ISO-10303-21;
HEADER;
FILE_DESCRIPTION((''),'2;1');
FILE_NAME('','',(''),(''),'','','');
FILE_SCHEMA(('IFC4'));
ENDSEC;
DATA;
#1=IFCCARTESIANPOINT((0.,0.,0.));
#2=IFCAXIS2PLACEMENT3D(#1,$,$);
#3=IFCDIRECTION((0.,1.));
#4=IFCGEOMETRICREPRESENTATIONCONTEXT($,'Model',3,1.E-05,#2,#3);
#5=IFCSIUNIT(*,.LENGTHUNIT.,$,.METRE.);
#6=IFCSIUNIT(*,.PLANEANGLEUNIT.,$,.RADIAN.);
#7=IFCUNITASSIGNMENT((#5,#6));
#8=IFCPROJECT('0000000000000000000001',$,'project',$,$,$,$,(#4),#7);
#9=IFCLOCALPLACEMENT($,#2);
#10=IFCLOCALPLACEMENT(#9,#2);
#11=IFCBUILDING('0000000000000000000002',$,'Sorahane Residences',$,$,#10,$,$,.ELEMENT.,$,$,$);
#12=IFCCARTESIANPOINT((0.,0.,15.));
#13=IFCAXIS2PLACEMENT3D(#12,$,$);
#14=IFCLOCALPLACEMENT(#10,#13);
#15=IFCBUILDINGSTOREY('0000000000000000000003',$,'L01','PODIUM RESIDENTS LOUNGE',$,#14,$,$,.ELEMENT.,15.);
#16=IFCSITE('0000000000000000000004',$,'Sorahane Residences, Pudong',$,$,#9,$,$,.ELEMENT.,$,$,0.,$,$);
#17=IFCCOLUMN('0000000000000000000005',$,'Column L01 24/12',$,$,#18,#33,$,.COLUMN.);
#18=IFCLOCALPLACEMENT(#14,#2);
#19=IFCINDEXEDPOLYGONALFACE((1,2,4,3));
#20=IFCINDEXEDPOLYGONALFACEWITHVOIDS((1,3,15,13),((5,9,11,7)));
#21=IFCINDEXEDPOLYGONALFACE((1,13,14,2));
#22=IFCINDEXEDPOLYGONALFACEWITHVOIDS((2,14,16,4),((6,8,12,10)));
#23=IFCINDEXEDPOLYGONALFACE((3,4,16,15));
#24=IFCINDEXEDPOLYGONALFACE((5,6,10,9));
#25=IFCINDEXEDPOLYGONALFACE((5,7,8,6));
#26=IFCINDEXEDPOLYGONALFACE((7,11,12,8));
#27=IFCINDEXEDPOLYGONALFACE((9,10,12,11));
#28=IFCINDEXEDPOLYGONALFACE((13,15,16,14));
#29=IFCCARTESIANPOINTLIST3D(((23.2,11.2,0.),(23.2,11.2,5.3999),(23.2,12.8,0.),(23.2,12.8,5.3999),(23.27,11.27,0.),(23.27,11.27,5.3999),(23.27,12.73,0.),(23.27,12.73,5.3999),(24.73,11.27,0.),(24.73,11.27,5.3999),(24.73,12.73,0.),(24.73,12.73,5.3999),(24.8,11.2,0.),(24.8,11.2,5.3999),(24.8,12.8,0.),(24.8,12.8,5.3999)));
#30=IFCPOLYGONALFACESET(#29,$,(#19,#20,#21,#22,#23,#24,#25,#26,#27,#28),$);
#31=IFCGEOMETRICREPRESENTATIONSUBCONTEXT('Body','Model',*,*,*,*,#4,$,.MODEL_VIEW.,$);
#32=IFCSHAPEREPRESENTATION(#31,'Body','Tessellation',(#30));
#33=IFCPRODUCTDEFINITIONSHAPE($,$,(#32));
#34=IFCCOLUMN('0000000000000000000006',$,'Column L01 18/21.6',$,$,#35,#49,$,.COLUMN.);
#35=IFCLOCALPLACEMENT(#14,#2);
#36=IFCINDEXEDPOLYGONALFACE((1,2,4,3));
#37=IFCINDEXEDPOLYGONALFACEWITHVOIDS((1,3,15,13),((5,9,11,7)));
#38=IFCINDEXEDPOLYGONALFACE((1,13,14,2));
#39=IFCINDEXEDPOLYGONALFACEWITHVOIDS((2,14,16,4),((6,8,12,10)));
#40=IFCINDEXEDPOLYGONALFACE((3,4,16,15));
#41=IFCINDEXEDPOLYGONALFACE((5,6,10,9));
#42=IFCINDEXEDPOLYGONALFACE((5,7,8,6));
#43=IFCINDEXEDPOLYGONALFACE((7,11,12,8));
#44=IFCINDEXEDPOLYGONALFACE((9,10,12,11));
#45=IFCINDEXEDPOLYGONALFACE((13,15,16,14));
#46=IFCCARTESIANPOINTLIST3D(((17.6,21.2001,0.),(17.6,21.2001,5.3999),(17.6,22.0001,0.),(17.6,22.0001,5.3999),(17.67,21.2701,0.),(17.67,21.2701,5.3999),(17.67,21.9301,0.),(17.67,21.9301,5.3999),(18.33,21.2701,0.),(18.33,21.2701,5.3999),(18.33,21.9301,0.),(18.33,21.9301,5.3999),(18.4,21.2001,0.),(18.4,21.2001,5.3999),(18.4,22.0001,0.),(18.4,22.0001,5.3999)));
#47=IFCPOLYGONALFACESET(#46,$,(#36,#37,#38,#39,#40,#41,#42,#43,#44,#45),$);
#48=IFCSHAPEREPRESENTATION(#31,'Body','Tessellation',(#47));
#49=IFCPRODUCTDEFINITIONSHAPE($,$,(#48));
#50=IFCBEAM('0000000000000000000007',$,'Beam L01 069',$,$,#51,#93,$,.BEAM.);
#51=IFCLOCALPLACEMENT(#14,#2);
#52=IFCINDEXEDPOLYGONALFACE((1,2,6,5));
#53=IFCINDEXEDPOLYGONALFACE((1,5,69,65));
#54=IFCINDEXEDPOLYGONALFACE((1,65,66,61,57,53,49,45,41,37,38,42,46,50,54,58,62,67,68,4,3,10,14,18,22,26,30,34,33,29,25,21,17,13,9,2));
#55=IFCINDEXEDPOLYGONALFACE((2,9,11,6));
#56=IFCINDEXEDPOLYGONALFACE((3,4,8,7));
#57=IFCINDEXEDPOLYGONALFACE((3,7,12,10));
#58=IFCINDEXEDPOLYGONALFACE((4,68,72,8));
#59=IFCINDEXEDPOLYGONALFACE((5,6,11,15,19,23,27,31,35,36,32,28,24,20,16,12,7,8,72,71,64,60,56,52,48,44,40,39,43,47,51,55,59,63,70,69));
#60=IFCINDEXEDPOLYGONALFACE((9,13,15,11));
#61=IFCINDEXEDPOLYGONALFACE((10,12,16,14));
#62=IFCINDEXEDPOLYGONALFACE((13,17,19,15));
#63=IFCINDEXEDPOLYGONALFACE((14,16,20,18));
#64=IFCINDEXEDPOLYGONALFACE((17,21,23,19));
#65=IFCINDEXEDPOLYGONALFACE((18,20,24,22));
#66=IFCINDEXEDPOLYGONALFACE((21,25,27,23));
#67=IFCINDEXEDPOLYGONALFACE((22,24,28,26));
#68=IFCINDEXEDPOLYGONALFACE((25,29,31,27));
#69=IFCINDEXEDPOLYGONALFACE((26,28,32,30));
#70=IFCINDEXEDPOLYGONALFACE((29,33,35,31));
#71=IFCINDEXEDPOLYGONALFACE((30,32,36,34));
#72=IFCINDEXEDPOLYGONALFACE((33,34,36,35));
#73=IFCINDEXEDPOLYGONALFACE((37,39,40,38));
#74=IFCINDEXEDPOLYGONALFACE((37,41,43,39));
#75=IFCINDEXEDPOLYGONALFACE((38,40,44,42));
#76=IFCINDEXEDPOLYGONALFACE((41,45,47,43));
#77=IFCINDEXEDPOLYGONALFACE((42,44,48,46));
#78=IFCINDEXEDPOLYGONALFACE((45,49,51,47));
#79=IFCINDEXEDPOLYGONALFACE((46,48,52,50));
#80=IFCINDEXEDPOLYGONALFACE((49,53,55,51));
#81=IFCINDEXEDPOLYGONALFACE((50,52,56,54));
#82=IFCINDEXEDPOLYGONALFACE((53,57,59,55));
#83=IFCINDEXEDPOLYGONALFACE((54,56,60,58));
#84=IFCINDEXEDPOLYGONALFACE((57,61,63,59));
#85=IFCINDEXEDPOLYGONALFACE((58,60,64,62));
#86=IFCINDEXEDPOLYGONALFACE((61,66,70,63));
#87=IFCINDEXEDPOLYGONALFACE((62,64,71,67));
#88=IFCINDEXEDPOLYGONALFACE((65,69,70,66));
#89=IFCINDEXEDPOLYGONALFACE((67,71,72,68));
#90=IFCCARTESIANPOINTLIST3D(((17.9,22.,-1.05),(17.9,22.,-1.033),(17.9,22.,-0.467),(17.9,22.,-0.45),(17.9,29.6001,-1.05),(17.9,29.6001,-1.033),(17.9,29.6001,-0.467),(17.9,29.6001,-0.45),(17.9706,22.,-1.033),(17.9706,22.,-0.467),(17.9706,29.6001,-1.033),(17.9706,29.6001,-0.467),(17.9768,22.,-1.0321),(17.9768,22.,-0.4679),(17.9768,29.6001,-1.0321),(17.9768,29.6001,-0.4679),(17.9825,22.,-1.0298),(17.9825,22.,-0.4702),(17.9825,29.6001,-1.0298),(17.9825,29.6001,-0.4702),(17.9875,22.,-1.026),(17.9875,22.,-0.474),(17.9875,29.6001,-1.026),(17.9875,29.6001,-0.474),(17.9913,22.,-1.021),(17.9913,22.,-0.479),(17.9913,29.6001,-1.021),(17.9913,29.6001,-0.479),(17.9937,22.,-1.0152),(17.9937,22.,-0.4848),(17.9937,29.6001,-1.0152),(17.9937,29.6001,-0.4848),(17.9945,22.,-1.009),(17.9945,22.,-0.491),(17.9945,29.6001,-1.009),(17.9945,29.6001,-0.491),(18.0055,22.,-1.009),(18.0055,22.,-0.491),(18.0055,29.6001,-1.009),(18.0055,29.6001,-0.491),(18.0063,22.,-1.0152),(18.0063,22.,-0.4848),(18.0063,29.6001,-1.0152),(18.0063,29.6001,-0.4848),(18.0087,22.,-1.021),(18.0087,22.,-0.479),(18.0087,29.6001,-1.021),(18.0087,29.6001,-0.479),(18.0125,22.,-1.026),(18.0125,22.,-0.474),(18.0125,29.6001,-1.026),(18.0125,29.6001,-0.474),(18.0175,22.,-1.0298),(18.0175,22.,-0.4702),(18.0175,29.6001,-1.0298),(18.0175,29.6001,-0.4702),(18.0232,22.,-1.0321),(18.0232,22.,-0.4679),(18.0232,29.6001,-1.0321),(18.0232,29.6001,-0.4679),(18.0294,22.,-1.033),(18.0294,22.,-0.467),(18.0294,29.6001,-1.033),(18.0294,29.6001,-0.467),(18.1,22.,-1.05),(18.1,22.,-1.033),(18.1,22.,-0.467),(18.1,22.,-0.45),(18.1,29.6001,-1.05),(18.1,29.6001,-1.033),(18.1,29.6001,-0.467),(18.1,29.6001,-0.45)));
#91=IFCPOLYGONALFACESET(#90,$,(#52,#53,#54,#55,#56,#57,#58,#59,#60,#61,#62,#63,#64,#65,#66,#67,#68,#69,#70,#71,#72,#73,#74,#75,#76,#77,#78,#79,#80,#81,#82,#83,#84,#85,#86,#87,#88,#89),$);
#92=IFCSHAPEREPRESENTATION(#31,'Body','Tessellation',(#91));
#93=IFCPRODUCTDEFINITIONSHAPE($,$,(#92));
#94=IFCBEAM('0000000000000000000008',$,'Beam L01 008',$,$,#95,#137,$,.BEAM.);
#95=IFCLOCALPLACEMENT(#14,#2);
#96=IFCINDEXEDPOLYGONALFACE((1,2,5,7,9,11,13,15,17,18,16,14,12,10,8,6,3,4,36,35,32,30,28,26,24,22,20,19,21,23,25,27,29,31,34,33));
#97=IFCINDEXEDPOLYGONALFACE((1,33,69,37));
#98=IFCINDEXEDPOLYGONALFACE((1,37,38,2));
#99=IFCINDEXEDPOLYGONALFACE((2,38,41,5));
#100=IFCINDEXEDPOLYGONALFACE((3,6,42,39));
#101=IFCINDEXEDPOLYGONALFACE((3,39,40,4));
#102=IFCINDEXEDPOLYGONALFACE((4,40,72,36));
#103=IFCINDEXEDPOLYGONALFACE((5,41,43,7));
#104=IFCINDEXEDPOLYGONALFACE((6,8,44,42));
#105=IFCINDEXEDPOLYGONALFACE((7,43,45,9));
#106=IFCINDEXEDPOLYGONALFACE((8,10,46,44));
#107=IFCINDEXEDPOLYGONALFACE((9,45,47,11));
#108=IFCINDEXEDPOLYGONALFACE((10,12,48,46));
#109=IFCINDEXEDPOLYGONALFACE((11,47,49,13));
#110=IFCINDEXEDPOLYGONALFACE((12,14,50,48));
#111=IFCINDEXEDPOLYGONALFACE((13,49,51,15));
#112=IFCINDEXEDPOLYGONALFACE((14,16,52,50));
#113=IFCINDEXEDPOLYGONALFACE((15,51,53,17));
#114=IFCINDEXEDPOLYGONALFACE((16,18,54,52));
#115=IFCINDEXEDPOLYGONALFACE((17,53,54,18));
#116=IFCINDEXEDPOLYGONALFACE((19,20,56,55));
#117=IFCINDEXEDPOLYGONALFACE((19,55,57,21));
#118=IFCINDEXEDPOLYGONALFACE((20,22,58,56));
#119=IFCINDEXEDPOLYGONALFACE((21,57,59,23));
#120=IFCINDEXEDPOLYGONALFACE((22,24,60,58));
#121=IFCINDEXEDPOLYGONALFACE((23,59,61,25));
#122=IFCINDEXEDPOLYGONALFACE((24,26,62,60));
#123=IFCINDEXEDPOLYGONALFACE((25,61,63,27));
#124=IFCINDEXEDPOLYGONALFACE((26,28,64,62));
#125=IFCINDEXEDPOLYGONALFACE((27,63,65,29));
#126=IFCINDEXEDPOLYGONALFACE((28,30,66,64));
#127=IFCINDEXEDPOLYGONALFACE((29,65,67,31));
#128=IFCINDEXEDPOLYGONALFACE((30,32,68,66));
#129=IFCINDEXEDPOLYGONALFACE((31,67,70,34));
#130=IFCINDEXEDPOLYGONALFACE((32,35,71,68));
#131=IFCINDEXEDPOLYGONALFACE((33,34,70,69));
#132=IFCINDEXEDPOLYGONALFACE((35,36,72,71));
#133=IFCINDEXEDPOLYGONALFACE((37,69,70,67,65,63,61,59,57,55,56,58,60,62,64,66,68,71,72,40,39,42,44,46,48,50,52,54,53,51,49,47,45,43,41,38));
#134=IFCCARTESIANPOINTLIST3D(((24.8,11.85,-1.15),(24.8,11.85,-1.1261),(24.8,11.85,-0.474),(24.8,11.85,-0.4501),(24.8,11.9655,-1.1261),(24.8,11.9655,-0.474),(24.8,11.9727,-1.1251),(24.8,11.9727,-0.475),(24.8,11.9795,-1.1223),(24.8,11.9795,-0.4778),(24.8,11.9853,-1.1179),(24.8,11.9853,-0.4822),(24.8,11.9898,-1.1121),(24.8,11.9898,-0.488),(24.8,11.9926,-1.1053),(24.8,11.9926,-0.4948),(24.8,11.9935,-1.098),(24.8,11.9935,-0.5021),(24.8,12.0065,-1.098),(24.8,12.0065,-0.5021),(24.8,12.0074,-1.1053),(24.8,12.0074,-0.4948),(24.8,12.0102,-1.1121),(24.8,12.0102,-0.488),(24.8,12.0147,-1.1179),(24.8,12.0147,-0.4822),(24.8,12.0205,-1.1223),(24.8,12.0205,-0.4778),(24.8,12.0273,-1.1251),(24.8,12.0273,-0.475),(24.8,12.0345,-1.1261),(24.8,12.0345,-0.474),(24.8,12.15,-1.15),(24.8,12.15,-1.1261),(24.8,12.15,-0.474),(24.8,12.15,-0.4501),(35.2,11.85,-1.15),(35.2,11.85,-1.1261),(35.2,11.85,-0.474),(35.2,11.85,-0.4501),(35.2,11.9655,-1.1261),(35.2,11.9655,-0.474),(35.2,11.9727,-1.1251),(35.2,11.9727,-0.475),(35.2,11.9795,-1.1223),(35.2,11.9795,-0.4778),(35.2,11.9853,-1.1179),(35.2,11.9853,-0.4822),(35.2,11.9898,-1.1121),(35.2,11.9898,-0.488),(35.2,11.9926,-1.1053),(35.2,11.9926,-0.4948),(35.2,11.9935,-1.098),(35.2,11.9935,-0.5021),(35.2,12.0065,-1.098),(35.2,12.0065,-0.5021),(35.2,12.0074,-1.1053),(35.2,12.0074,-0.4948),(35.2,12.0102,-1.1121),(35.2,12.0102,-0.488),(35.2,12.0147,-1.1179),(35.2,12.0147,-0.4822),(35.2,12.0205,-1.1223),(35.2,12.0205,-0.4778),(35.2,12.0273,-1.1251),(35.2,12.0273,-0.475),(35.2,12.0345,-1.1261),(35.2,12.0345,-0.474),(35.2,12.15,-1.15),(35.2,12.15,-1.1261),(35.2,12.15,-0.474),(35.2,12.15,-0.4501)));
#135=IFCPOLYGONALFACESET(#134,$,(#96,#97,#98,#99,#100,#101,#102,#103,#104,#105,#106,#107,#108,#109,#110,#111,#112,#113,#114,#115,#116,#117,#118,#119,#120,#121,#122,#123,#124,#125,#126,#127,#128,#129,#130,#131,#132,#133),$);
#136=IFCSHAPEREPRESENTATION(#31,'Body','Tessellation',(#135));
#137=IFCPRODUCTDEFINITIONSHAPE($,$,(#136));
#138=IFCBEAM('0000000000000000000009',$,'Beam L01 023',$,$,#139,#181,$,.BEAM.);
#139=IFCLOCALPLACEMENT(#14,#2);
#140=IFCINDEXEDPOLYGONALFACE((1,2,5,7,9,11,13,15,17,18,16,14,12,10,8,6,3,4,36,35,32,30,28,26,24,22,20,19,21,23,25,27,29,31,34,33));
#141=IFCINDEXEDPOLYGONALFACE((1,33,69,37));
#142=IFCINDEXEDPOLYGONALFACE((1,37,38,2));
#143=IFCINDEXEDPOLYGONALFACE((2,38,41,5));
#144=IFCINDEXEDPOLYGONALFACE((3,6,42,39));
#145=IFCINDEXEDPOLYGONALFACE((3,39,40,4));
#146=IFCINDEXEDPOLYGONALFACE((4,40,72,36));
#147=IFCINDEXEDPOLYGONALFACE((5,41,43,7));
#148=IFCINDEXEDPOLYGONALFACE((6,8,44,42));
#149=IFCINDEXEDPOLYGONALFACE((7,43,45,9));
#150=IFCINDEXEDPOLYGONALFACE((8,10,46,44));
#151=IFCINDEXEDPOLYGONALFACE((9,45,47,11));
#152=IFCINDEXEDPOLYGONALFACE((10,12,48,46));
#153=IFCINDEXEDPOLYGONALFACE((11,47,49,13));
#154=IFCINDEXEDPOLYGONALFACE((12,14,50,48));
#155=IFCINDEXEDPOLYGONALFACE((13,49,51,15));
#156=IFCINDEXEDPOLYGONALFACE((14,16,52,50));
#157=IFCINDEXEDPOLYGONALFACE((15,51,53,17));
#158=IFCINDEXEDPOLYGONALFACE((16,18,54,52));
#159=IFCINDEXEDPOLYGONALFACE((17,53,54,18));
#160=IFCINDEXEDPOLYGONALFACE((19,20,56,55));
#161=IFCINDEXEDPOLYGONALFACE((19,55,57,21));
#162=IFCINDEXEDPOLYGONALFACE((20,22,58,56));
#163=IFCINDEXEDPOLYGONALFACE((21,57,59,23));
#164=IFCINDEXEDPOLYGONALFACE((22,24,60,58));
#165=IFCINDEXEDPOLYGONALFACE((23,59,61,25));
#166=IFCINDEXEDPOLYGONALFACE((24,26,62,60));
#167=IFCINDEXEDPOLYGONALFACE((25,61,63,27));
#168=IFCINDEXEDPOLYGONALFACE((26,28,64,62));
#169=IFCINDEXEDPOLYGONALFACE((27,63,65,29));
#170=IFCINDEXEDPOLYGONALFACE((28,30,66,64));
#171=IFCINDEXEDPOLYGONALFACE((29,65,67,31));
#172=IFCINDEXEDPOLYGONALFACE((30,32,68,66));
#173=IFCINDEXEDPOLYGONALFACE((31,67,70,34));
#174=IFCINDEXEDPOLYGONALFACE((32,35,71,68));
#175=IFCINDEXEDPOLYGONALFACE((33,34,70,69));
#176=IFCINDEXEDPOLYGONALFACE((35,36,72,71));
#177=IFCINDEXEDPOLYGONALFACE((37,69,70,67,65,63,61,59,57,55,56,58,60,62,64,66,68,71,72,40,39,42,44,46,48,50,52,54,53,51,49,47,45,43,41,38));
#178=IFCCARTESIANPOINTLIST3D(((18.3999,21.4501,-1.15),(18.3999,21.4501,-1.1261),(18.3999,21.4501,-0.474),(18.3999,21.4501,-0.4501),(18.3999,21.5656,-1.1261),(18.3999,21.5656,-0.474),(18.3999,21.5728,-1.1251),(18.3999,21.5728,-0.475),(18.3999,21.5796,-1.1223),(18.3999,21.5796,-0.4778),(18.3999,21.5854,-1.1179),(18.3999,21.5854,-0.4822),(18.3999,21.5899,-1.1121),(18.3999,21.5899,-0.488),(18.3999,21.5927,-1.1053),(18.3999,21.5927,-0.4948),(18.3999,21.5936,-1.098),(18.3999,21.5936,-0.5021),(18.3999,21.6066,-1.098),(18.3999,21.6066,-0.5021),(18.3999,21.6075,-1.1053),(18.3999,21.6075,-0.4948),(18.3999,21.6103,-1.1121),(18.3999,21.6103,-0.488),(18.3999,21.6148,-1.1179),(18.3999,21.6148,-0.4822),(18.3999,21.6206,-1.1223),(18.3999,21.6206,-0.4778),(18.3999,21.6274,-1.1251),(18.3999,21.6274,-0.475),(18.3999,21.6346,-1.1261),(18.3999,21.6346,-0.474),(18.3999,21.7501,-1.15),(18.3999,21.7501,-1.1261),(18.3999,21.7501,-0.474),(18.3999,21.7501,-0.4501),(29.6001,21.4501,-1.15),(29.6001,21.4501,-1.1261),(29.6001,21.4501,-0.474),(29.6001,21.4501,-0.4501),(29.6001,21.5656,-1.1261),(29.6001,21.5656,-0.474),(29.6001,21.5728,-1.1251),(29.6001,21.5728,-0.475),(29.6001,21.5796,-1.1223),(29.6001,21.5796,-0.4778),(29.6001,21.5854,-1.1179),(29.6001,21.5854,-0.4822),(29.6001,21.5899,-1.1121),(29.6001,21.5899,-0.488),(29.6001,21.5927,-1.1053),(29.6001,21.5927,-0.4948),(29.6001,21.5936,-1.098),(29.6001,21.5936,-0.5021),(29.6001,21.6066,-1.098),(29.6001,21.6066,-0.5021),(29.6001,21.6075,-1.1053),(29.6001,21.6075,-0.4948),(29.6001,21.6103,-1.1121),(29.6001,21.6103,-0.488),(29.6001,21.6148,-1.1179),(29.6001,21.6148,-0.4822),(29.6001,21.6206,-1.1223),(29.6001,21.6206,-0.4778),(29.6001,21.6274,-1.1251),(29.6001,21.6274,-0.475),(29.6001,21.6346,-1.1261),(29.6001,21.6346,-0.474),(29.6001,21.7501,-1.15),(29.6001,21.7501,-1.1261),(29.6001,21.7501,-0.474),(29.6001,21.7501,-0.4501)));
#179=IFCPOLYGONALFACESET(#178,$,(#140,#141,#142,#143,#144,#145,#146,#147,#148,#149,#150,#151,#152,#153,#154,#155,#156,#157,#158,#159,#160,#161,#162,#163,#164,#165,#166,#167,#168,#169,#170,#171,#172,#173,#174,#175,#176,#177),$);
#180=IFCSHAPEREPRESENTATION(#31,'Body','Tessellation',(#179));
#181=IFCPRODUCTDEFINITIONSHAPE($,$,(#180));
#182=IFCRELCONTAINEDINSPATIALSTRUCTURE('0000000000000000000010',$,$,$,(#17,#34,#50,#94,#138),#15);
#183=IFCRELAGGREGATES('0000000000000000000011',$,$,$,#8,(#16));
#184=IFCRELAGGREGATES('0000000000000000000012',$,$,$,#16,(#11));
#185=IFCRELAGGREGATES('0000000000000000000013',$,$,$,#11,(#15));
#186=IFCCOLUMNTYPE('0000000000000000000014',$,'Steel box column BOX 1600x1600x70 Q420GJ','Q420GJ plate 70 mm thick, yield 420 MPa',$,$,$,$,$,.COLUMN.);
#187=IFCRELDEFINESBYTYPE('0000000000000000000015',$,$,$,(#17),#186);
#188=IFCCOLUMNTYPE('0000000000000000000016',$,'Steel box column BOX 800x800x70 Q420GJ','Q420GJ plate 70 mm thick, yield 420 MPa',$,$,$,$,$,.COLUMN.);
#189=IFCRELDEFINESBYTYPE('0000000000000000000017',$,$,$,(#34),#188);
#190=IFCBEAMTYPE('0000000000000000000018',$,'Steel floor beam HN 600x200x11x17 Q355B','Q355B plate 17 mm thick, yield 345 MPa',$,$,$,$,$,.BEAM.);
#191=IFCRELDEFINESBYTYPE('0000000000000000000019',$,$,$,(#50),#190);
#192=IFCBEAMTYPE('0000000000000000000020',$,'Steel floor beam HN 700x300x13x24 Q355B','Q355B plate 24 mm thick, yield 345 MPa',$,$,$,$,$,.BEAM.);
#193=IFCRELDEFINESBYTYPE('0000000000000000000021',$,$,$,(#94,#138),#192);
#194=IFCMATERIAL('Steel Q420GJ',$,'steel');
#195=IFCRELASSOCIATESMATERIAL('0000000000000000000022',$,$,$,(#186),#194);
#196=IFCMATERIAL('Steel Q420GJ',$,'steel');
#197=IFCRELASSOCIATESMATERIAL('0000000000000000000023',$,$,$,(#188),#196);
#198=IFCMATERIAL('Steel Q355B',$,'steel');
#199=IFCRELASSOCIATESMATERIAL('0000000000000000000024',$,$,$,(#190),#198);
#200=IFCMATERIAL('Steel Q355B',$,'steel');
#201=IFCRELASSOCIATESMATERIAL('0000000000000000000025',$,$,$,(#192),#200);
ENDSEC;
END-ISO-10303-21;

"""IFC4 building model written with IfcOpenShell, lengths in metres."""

from ifc_helpers import new_model, si_unit, direction, frame, origin, origin_2d, place, context, subcontext, project, spatial, hollow_rectangle, i_section, extrude, material, material_profile, profile_set, type_object, element, save


model = new_model("IFC4")

# Units and contexts
model_context = context("Model", 3, precision=1e-05, world=origin(), true_north=direction((0.0, 1.0)))
body_context = subcontext(model_context, "Body", "Model", "MODEL_VIEW")
ifc_project = project(units=[si_unit("LENGTHUNIT", "METRE"), si_unit("PLANEANGLEUNIT", "RADIAN")], contexts=[model_context])

# Site, building, storey
site_placement = place(None, origin())
site = spatial("IfcSite", under=ifc_project, at=site_placement, Name="Sorahane Residences, Pudong", CompositionType="ELEMENT", RefElevation=0.0)
building_placement = place(site_placement, origin())
building = spatial("IfcBuilding", under=site, at=building_placement, Name="Sorahane Residences", CompositionType="ELEMENT")
storey_placement = place(building_placement, frame((0.0, 0.0, 15.0)))
storey = spatial("IfcBuildingStorey", under=building, at=storey_placement, Name="L01", Description="PODIUM RESIDENTS LOUNGE", CompositionType="ELEMENT", Elevation=15.0)

# Columns
ifc_material_1 = material(Name="Steel Q420GJ", Category="steel")
ifc_material_profile_1 = material_profile(ifc_material_1, hollow_rectangle(XDim=1.6001, YDim=1.6001, WallThickness=0.0701, at=origin_2d()), Name="BOX 1600x1600x70")
ifc_profile_set_1 = profile_set([ifc_material_profile_1], Name="Steel Q420GJ")
column_type_1 = type_object("IfcColumnType", Name="Steel box column BOX 1600x1600x70 Q420GJ", Description="Q420GJ plate 70 mm thick, yield 420 MPa", PredefinedType="COLUMN", material=ifc_profile_set_1)
column_1_placement = place(storey_placement, frame((24.0, 12.0, 0.0), z_axis=(0.0, 0.0, 1.0), x_axis=(1.0, 0.0, 0.0)))
element("IfcColumn", 1, at=column_1_placement, inside=storey, type_object=column_type_1, Name="Column L01 24/12", PredefinedType="COLUMN", context=body_context, shape_type="SweptSolid", body=[
    extrude(hollow_rectangle(XDim=1.6001, YDim=1.6001, WallThickness=0.0701, at=origin_2d()), origin(), (0.0, 0.0, 1.0), 5.3999),
])
ifc_material_2 = material(Name="Steel Q420GJ", Category="steel")
ifc_material_profile_2 = material_profile(ifc_material_2, hollow_rectangle(XDim=0.8, YDim=0.8, WallThickness=0.0701, at=origin_2d()), Name="BOX 800x800x70")
ifc_profile_set_2 = profile_set([ifc_material_profile_2], Name="Steel Q420GJ")
column_type_2 = type_object("IfcColumnType", Name="Steel box column BOX 800x800x70 Q420GJ", Description="Q420GJ plate 70 mm thick, yield 420 MPa", PredefinedType="COLUMN", material=ifc_profile_set_2)
column_2_placement = place(storey_placement, frame((18.0, 21.6001, 0.0), z_axis=(0.0, 0.0, 1.0), x_axis=(1.0, 0.0, 0.0)))
element("IfcColumn", 2, at=column_2_placement, inside=storey, type_object=column_type_2, Name="Column L01 18/21.6", PredefinedType="COLUMN", context=body_context, shape_type="SweptSolid", body=[
    extrude(hollow_rectangle(XDim=0.8, YDim=0.8, WallThickness=0.0701, at=origin_2d()), origin(), (0.0, 0.0, 1.0), 5.3999),
])

# Beams
ifc_material_3 = material(Name="Steel Q355B", Category="steel")
ifc_material_profile_3 = material_profile(ifc_material_3, i_section(OverallWidth=0.2, OverallDepth=0.6001, WebThickness=0.011, FlangeThickness=0.0171, FilletRadius=0.0239, at=origin_2d()), Name="HN 600x200x11x17")
ifc_profile_set_3 = profile_set([ifc_material_profile_3], Name="Steel Q355B")
beam_type_1 = type_object("IfcBeamType", Name="Steel floor beam HN 600x200x11x17 Q355B", Description="Q355B plate 17 mm thick, yield 345 MPa", PredefinedType="BEAM", material=ifc_profile_set_3)
beam_1_placement = place(storey_placement, frame((18.0, 22.0, -0.75), z_axis=(0.0, 1.0, 0.0), x_axis=(-1.0, 0.0, 0.0)))
element("IfcBeam", 3, at=beam_1_placement, inside=storey, type_object=beam_type_1, Name="Beam L01 069", PredefinedType="BEAM", context=body_context, shape_type="SweptSolid", body=[
    extrude(i_section(OverallWidth=0.2, OverallDepth=0.6001, WebThickness=0.011, FlangeThickness=0.0171, FilletRadius=0.0239, at=origin_2d()), origin(), (0.0, 0.0, 1.0), 7.6001),
])
ifc_material_4 = material(Name="Steel Q355B", Category="steel")
ifc_material_profile_4 = material_profile(ifc_material_4, i_section(OverallWidth=0.3, OverallDepth=0.7, WebThickness=0.0129, FlangeThickness=0.0239, FilletRadius=0.0281, at=origin_2d()), Name="HN 700x300x13x24")
ifc_profile_set_4 = profile_set([ifc_material_profile_4], Name="Steel Q355B")
beam_type_2 = type_object("IfcBeamType", Name="Steel floor beam HN 700x300x13x24 Q355B", Description="Q355B plate 24 mm thick, yield 345 MPa", PredefinedType="BEAM", material=ifc_profile_set_4)
beam_2_placement = place(storey_placement, frame((24.8, 12.0, -0.8), z_axis=(1.0, 0.0, 0.0), x_axis=(0.0, 1.0, 0.0)))
element("IfcBeam", 4, at=beam_2_placement, inside=storey, type_object=beam_type_2, Name="Beam L01 008", PredefinedType="BEAM", context=body_context, shape_type="SweptSolid", body=[
    extrude(i_section(OverallWidth=0.3, OverallDepth=0.7, WebThickness=0.0129, FlangeThickness=0.0239, FilletRadius=0.0281, at=origin_2d()), origin(), (0.0, 0.0, 1.0), 10.3999),
])
beam_3_placement = place(storey_placement, frame((18.3999, 21.6001, -0.8), z_axis=(1.0, 0.0, 0.0), x_axis=(0.0, 1.0, 0.0)))
element("IfcBeam", 5, at=beam_3_placement, inside=storey, type_object=beam_type_2, Name="Beam L01 023", PredefinedType="BEAM", context=body_context, shape_type="SweptSolid", body=[
    extrude(i_section(OverallWidth=0.3, OverallDepth=0.7, WebThickness=0.0129, FlangeThickness=0.0239, FilletRadius=0.0281, at=origin_2d()), origin(), (0.0, 0.0, 1.0), 11.2002),
])

save(model, "model.ifc")
